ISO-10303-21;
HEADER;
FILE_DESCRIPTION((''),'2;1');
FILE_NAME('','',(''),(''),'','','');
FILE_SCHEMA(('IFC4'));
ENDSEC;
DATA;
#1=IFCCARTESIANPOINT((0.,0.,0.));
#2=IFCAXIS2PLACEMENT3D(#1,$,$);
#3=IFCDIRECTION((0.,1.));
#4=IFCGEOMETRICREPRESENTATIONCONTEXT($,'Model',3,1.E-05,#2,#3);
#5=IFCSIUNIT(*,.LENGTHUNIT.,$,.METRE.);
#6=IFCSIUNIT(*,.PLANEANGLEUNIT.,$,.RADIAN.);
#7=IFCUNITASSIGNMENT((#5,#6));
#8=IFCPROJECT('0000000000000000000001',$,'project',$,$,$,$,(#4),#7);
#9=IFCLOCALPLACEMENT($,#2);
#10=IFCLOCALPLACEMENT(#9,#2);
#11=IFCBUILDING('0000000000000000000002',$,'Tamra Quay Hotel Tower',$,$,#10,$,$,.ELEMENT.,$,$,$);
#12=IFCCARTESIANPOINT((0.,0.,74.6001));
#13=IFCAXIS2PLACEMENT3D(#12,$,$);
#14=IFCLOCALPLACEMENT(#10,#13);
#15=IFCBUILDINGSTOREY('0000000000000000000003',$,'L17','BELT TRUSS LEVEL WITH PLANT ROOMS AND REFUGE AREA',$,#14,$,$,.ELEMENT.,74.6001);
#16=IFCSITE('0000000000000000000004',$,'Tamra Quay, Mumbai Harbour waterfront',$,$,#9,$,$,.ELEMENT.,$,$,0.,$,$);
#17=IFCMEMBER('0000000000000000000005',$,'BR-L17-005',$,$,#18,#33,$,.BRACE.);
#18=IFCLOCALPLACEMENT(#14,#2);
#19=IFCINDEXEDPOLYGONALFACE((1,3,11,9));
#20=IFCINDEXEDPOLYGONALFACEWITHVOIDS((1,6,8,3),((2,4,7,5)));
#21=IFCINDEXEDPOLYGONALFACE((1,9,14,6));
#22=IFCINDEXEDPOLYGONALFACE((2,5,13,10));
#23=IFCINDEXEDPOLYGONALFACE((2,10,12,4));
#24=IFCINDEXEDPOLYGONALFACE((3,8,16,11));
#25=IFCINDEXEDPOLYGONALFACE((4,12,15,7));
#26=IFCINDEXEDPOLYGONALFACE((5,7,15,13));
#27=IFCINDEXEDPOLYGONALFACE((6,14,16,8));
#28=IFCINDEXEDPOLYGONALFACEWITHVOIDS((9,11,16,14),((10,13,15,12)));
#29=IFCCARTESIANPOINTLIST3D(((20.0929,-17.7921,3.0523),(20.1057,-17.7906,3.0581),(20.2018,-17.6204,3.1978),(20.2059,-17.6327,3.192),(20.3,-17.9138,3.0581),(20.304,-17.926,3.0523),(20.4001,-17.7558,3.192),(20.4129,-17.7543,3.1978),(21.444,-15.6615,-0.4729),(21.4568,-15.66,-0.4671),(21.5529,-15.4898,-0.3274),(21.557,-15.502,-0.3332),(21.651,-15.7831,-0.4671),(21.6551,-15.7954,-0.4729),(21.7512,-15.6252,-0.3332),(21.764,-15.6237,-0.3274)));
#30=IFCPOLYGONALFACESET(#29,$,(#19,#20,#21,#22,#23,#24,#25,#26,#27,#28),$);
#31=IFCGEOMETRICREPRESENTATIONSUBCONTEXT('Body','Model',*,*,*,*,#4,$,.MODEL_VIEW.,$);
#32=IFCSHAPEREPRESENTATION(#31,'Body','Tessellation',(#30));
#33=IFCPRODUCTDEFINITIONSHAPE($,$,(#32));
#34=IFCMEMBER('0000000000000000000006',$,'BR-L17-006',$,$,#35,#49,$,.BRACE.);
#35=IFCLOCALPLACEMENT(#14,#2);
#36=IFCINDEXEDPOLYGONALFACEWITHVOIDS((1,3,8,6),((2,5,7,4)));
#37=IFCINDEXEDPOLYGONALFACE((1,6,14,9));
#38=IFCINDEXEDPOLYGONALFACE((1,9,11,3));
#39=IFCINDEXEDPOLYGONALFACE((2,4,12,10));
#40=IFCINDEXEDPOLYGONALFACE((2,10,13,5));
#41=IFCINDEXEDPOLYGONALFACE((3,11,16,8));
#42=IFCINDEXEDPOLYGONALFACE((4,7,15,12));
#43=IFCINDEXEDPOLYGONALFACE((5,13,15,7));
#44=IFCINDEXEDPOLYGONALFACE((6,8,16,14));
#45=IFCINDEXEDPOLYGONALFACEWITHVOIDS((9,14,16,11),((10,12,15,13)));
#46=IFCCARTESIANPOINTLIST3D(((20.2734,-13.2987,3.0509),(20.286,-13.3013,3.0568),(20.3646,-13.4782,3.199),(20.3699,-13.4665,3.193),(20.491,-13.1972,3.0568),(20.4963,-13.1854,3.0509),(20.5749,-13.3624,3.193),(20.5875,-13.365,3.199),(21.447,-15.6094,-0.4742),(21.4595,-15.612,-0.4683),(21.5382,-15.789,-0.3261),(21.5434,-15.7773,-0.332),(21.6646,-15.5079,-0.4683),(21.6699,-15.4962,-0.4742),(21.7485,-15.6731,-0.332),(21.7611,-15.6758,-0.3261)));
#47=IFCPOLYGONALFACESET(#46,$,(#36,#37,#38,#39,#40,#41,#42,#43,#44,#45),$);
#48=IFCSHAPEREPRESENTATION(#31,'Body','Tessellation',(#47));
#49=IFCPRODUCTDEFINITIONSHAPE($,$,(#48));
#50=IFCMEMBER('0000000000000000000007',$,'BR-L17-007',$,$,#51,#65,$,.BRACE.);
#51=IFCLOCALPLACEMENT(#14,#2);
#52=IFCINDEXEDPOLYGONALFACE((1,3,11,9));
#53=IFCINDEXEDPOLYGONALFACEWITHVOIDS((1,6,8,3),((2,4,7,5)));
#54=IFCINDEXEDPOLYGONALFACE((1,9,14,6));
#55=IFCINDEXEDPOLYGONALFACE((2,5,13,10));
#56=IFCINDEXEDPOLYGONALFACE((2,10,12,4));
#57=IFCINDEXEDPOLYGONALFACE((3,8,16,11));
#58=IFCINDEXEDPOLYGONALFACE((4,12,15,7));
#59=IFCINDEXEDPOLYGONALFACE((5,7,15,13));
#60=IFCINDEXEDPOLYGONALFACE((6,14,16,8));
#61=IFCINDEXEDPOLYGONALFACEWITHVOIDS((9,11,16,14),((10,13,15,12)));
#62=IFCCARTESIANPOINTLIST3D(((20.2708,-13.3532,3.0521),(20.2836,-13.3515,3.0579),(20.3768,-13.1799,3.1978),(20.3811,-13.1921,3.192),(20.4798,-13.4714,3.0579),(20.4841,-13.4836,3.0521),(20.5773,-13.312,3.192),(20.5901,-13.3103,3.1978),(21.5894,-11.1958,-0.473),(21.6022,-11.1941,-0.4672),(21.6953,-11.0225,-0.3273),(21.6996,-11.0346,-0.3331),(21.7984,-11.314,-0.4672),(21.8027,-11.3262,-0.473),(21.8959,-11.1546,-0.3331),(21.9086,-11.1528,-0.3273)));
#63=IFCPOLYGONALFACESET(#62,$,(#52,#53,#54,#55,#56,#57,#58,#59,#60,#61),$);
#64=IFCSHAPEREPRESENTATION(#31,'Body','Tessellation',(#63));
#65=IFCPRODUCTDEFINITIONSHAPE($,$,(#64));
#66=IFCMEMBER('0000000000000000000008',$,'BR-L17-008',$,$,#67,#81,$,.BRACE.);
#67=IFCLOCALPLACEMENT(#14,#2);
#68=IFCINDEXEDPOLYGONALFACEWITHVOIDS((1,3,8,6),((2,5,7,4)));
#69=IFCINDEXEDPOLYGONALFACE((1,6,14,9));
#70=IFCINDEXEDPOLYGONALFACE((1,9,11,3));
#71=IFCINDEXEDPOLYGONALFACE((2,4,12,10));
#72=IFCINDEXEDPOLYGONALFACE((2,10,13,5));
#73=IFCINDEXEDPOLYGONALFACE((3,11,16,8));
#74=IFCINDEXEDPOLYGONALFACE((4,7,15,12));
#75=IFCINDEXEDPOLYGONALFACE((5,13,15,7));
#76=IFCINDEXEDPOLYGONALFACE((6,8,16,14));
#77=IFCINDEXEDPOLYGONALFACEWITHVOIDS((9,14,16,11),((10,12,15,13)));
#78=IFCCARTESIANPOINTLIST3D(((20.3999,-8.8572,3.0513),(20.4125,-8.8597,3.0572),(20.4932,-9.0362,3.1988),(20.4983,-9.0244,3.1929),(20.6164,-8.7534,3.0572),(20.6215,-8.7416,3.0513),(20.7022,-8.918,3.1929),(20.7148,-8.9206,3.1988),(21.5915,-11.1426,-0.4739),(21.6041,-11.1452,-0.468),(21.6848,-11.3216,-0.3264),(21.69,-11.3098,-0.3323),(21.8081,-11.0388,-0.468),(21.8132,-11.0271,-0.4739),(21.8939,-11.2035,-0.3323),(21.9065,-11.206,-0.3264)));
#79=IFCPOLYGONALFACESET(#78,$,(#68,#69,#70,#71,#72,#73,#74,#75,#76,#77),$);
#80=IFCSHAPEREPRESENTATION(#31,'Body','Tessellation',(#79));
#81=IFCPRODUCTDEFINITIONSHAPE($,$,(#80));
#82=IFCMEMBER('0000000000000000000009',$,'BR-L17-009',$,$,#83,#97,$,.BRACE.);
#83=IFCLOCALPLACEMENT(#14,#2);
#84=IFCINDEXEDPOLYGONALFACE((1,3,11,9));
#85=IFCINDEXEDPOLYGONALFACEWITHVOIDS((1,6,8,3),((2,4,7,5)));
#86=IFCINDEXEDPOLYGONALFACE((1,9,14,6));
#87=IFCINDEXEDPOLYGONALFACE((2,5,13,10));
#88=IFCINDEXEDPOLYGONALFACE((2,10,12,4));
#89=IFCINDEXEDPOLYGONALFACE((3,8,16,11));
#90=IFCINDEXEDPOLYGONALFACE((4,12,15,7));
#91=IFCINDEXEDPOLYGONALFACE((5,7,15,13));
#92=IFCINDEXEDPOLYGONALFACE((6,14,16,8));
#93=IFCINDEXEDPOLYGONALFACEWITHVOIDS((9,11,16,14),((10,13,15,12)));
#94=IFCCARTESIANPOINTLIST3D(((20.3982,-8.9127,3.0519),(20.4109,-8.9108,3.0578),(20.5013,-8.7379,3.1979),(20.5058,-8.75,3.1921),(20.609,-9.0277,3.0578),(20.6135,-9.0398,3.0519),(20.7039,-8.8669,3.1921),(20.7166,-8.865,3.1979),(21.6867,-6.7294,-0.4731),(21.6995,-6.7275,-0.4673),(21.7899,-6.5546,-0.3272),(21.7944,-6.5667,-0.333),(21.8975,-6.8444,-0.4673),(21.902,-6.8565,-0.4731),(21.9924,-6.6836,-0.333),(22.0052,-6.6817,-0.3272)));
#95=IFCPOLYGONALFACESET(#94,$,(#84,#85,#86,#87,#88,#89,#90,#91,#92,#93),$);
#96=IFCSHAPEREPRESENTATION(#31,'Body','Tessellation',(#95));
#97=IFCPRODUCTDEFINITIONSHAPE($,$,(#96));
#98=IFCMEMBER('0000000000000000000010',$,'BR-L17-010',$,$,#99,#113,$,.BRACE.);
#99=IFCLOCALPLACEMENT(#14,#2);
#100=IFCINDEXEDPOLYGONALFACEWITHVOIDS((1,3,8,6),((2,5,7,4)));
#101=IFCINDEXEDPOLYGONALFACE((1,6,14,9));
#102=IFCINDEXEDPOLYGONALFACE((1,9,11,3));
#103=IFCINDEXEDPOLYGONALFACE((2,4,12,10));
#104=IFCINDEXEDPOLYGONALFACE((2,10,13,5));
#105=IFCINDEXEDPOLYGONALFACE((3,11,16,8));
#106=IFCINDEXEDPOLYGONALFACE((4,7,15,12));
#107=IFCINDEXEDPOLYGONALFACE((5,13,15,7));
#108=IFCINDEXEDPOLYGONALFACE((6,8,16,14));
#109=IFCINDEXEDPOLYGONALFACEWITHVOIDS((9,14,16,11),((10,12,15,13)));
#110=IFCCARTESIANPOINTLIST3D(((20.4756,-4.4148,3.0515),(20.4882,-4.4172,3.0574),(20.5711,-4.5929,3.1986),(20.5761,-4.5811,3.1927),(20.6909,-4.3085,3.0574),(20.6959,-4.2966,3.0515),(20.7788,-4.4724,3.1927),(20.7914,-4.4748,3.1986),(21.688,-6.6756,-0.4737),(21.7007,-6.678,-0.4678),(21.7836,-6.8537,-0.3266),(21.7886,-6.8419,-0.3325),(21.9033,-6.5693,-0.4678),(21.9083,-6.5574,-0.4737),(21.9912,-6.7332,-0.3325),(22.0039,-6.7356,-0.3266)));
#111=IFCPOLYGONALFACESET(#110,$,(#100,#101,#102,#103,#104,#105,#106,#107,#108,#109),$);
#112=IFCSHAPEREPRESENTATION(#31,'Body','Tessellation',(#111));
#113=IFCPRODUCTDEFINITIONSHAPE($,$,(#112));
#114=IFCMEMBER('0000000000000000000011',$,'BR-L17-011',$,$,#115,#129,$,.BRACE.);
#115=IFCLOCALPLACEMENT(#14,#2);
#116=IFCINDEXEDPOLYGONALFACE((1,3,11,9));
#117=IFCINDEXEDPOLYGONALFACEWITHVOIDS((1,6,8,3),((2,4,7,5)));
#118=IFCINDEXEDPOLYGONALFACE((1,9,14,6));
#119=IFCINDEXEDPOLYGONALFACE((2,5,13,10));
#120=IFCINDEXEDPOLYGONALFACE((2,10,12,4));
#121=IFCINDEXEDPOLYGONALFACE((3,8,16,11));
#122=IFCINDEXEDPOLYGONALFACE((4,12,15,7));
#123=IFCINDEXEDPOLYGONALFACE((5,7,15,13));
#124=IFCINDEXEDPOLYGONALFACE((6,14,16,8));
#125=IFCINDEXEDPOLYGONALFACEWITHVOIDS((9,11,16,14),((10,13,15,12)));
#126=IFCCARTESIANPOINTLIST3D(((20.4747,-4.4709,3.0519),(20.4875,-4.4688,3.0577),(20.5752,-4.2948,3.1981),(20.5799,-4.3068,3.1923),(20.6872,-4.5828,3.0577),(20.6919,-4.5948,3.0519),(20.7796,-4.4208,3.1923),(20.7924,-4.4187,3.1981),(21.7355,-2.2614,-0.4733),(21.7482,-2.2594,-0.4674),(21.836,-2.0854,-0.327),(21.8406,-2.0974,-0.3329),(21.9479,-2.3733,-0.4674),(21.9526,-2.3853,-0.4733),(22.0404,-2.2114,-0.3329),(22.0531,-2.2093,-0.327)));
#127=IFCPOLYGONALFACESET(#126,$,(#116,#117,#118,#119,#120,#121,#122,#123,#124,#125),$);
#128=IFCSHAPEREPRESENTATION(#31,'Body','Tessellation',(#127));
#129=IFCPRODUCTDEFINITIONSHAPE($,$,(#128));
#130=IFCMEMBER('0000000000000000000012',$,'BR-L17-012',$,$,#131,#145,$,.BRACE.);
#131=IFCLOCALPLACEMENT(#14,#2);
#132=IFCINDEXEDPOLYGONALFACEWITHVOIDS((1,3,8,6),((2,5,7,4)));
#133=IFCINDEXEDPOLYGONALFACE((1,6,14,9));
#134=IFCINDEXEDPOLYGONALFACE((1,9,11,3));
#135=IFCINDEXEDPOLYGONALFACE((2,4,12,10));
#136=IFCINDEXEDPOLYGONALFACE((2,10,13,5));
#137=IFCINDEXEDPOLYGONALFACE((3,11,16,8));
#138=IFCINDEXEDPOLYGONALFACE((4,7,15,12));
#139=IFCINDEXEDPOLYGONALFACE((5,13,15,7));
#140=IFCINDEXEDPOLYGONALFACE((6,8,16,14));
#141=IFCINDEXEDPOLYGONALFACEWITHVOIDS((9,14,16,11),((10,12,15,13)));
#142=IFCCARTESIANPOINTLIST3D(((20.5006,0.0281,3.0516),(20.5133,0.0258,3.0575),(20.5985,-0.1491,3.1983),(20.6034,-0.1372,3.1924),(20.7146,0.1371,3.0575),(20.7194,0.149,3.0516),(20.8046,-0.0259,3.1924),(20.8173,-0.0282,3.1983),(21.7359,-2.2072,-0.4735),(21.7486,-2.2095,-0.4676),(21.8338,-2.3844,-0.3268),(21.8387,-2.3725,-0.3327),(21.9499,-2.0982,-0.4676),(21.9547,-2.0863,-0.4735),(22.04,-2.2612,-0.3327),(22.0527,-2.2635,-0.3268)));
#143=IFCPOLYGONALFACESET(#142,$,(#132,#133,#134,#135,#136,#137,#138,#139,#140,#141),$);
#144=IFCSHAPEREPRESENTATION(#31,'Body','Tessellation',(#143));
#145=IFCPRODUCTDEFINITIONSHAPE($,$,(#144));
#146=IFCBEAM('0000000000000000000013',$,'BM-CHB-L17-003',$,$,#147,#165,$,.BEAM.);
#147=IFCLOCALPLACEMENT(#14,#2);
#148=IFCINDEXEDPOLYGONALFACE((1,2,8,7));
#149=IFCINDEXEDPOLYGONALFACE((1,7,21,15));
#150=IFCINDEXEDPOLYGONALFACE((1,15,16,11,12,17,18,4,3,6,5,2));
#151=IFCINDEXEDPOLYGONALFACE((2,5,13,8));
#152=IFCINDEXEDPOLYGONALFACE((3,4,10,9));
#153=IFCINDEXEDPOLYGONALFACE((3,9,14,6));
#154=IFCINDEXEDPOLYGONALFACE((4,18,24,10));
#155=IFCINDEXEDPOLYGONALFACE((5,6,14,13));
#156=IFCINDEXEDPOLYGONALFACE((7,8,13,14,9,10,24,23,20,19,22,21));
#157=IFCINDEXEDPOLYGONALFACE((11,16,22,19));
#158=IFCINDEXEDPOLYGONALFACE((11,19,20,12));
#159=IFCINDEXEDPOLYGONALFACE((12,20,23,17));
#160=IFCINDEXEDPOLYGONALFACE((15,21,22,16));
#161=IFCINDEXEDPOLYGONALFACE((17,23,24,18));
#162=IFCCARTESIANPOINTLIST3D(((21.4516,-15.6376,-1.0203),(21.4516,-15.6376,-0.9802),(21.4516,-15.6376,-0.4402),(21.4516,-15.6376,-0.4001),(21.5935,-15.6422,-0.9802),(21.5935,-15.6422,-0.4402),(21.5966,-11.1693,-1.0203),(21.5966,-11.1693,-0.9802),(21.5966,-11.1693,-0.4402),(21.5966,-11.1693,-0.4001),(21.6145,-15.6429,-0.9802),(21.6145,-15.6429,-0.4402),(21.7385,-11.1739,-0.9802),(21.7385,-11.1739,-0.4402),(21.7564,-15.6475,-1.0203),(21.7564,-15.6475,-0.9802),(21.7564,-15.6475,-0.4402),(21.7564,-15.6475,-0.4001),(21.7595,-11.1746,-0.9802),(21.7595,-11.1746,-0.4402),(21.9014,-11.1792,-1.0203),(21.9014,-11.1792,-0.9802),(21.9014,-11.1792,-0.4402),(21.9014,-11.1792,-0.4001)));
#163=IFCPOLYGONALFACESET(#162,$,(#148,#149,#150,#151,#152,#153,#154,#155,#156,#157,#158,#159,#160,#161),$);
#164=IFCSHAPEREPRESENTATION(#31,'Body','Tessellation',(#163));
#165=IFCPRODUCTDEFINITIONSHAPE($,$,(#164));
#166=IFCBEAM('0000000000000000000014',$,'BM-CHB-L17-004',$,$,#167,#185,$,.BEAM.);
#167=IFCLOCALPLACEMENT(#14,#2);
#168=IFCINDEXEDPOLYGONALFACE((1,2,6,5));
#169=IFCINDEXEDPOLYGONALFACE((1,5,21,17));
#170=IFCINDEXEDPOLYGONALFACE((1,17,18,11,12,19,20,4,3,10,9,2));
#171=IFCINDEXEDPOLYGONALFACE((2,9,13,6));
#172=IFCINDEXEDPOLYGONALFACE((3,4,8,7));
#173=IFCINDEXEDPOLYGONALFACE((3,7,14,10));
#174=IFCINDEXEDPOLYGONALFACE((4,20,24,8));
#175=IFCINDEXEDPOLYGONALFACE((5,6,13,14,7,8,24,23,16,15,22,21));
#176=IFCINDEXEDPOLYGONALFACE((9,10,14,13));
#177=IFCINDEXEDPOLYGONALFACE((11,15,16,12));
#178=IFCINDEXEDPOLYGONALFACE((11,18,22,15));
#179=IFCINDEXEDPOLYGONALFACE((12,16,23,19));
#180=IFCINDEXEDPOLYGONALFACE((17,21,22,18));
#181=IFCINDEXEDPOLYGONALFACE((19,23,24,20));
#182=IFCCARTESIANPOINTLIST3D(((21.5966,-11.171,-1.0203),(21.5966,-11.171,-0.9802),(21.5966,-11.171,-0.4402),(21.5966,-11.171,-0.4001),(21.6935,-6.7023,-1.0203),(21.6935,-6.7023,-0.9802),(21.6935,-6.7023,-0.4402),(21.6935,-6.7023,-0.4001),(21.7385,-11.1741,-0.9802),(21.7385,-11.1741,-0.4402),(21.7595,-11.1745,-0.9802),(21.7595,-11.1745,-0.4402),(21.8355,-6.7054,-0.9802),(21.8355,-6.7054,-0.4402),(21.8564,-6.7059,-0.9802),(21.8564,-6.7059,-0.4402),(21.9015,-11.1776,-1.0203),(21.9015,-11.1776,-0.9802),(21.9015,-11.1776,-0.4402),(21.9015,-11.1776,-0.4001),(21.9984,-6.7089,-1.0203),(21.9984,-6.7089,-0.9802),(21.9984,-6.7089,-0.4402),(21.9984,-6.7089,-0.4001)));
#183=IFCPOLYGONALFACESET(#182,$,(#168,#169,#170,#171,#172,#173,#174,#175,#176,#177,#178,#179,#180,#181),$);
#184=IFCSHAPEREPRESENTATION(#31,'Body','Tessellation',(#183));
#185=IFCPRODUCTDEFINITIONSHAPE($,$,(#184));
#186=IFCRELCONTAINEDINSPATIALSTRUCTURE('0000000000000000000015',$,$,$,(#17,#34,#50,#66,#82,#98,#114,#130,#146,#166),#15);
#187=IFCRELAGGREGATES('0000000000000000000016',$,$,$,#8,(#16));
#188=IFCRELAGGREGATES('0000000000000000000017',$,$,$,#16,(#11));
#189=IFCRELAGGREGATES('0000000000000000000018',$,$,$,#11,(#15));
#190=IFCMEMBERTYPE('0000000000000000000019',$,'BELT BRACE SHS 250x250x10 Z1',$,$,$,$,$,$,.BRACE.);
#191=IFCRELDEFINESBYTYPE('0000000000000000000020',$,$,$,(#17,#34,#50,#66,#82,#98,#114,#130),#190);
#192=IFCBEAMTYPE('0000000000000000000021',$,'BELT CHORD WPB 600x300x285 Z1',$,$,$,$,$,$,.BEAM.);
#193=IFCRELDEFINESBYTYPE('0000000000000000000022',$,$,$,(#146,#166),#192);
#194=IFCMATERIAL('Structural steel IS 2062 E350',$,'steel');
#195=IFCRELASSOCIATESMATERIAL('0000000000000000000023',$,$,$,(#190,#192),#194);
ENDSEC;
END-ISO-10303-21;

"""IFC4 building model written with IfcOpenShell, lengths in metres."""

from ifc_helpers import new_model, si_unit, direction, frame, origin, origin_2d, place, context, subcontext, project, spatial, hollow_rectangle, i_section, extrude, material, material_profile, profile_set, type_object, element, save


model = new_model("IFC4")

# Units and contexts
model_context = context("Model", 3, precision=1e-05, world=origin(), true_north=direction((0.0, 1.0)))
body_context = subcontext(model_context, "Body", "Model", "MODEL_VIEW")
ifc_project = project(units=[si_unit("LENGTHUNIT", "METRE"), si_unit("PLANEANGLEUNIT", "RADIAN")], contexts=[model_context])

# Site, building, storey
site_placement = place(None, origin())
site = spatial("IfcSite", under=ifc_project, at=site_placement, Name="Tamra Quay, Mumbai Harbour waterfront", CompositionType="ELEMENT", RefElevation=0.0)
building_placement = place(site_placement, origin())
building = spatial("IfcBuilding", under=site, at=building_placement, Name="Tamra Quay Hotel Tower", CompositionType="ELEMENT")
storey_placement = place(building_placement, frame((0.0, 0.0, 74.6001)))
storey = spatial("IfcBuildingStorey", under=building, at=storey_placement, Name="L17", Description="BELT TRUSS LEVEL WITH PLANT ROOMS AND REFUGE AREA", CompositionType="ELEMENT", Elevation=74.6001)

# Members
ifc_material_1 = material(Name="Structural steel IS 2062 E350", Category="steel")
ifc_material_profile_1 = material_profile(ifc_material_1, hollow_rectangle(XDim=0.25, YDim=0.25, WallThickness=0.01, at=origin_2d()), Name="SHS 250x250x10")
ifc_profile_set_1 = profile_set([ifc_material_profile_1], Name="Structural steel IS 2062 E350")
member_type_1 = type_object("IfcMemberType", Name="BELT BRACE SHS 250x250x10 Z1", PredefinedType="BRACE", material=ifc_profile_set_1)
member_1_placement = place(storey_placement, frame((21.604, -15.6426, -0.4001), z_axis=(-0.311672, -0.4915, 0.813197), x_axis=(0.844517, -0.535529, 0.0)))
element("IfcMember", 1, at=member_1_placement, inside=storey, type_object=member_type_1, Name="BR-L17-005", PredefinedType="BRACE", context=body_context, shape_type="SweptSolid", body=[
    extrude(hollow_rectangle(XDim=0.25, YDim=0.25, WallThickness=0.01, at=origin_2d()), origin(), (0.0, 0.0, 1.0), 4.335),
])
member_2_placement = place(storey_placement, frame((21.604, -15.6426, -0.4001), z_axis=(-0.268226, 0.528138, 0.805683), x_axis=(-0.891602, -0.452819, 0.0)))
element("IfcMember", 2, at=member_2_placement, inside=storey, type_object=member_type_1, Name="BR-L17-006", PredefinedType="BRACE", context=body_context, shape_type="SweptSolid", body=[
    extrude(hollow_rectangle(XDim=0.25, YDim=0.25, WallThickness=0.01, at=origin_2d()), origin(), (0.0, 0.0, 1.0), 4.3752),
])
member_3_placement = place(storey_placement, frame((21.749, -11.1743, -0.4001), z_axis=(-0.303951, -0.497318, 0.812581), x_axis=(0.853256, -0.521493, 0.0)))
element("IfcMember", 3, at=member_3_placement, inside=storey, type_object=member_type_1, Name="BR-L17-007", PredefinedType="BRACE", context=body_context, shape_type="SweptSolid", body=[
    extrude(hollow_rectangle(XDim=0.25, YDim=0.25, WallThickness=0.01, at=origin_2d()), origin(), (0.0, 0.0, 1.0), 4.3381),
])
member_4_placement = place(storey_placement, frame((21.749, -11.1743, -0.4001), z_axis=(-0.272883, 0.523347, 0.807244), x_axis=(-0.886701, -0.462343, 0.0)))
element("IfcMember", 4, at=member_4_placement, inside=storey, type_object=member_type_1, Name="BR-L17-008", PredefinedType="BRACE", context=body_context, shape_type="SweptSolid", body=[
    extrude(hollow_rectangle(XDim=0.25, YDim=0.25, WallThickness=0.01, at=origin_2d()), origin(), (0.0, 0.0, 1.0), 4.3669),
])
member_5_placement = place(storey_placement, frame((21.8459, -6.7056, -0.4001), z_axis=(-0.296761, -0.502829, 0.811847), x_axis=(0.861201, -0.508265, 0.0)))
element("IfcMember", 5, at=member_5_placement, inside=storey, type_object=member_type_1, Name="BR-L17-009", PredefinedType="BRACE", context=body_context, shape_type="SweptSolid", body=[
    extrude(hollow_rectangle(XDim=0.25, YDim=0.25, WallThickness=0.01, at=origin_2d()), origin(), (0.0, 0.0, 1.0), 4.342),
])
member_6_placement = place(storey_placement, frame((21.8459, -6.7056, -0.4001), z_axis=(-0.278089, 0.518547, 0.808564), x_axis=(-0.88127, -0.472612, 0.0)))
element("IfcMember", 6, at=member_6_placement, inside=storey, type_object=member_type_1, Name="BR-L17-010", PredefinedType="BRACE", context=body_context, shape_type="SweptSolid", body=[
    extrude(hollow_rectangle(XDim=0.25, YDim=0.25, WallThickness=0.01, at=origin_2d()), origin(), (0.0, 0.0, 1.0), 4.3599),
])
member_7_placement = place(storey_placement, frame((21.8943, -2.2354, -0.4001), z_axis=(-0.290014, -0.508255, 0.810906), x_axis=(0.86855, -0.495601, 0.0)))
element("IfcMember", 7, at=member_7_placement, inside=storey, type_object=member_type_1, Name="BR-L17-011", PredefinedType="BRACE", context=body_context, shape_type="SweptSolid", body=[
    extrude(hollow_rectangle(XDim=0.25, YDim=0.25, WallThickness=0.01, at=origin_2d()), origin(), (0.0, 0.0, 1.0), 4.3472),
])
member_8_placement = place(storey_placement, frame((21.8943, -2.2354, -0.4001), z_axis=(-0.283786, 0.513507, 0.8098), x_axis=(-0.875237, -0.483694, 0.0)))
element("IfcMember", 8, at=member_8_placement, inside=storey, type_object=member_type_1, Name="BR-L17-012", PredefinedType="BRACE", context=body_context, shape_type="SweptSolid", body=[
    extrude(hollow_rectangle(XDim=0.25, YDim=0.25, WallThickness=0.01, at=origin_2d()), origin(), (0.0, 0.0, 1.0), 4.353),
])

# Beams
ifc_material_profile_2 = material_profile(ifc_material_1, i_section(OverallWidth=0.3049, OverallDepth=0.6201, WebThickness=0.021, FlangeThickness=0.04, at=origin_2d()), Name="WPB 600x300x285")
ifc_profile_set_2 = profile_set([ifc_material_profile_2], Name="Structural steel IS 2062 E350")
beam_type_1 = type_object("IfcBeamType", Name="BELT CHORD WPB 600x300x285 Z1", PredefinedType="BEAM", material=ifc_profile_set_2)
beam_1_placement = place(storey_placement, frame((21.604, -15.6426, -0.7102), z_axis=(0.032438, 0.999474, 0.0), x_axis=(-0.999474, 0.032438, 0.0)))
element("IfcBeam", 9, at=beam_1_placement, inside=storey, type_object=beam_type_1, Name="BM-CHB-L17-003", PredefinedType="BEAM", context=body_context, shape_type="SweptSolid", body=[
    extrude(i_section(OverallWidth=0.3049, OverallDepth=0.6201, WebThickness=0.021, FlangeThickness=0.04, at=origin_2d()), origin(), (0.0, 0.0, 1.0), 4.4707),
])
beam_2_placement = place(storey_placement, frame((21.749, -11.1743, -0.7102), z_axis=(0.021684, 0.999765, 0.0), x_axis=(-0.999765, 0.021684, 0.0)))
element("IfcBeam", 10, at=beam_2_placement, inside=storey, type_object=beam_type_1, Name="BM-CHB-L17-004", PredefinedType="BEAM", context=body_context, shape_type="SweptSolid", body=[
    extrude(i_section(OverallWidth=0.3049, OverallDepth=0.6201, WebThickness=0.021, FlangeThickness=0.04, at=origin_2d()), origin(), (0.0, 0.0, 1.0), 4.4697),
])

save(model, "model.ifc")
